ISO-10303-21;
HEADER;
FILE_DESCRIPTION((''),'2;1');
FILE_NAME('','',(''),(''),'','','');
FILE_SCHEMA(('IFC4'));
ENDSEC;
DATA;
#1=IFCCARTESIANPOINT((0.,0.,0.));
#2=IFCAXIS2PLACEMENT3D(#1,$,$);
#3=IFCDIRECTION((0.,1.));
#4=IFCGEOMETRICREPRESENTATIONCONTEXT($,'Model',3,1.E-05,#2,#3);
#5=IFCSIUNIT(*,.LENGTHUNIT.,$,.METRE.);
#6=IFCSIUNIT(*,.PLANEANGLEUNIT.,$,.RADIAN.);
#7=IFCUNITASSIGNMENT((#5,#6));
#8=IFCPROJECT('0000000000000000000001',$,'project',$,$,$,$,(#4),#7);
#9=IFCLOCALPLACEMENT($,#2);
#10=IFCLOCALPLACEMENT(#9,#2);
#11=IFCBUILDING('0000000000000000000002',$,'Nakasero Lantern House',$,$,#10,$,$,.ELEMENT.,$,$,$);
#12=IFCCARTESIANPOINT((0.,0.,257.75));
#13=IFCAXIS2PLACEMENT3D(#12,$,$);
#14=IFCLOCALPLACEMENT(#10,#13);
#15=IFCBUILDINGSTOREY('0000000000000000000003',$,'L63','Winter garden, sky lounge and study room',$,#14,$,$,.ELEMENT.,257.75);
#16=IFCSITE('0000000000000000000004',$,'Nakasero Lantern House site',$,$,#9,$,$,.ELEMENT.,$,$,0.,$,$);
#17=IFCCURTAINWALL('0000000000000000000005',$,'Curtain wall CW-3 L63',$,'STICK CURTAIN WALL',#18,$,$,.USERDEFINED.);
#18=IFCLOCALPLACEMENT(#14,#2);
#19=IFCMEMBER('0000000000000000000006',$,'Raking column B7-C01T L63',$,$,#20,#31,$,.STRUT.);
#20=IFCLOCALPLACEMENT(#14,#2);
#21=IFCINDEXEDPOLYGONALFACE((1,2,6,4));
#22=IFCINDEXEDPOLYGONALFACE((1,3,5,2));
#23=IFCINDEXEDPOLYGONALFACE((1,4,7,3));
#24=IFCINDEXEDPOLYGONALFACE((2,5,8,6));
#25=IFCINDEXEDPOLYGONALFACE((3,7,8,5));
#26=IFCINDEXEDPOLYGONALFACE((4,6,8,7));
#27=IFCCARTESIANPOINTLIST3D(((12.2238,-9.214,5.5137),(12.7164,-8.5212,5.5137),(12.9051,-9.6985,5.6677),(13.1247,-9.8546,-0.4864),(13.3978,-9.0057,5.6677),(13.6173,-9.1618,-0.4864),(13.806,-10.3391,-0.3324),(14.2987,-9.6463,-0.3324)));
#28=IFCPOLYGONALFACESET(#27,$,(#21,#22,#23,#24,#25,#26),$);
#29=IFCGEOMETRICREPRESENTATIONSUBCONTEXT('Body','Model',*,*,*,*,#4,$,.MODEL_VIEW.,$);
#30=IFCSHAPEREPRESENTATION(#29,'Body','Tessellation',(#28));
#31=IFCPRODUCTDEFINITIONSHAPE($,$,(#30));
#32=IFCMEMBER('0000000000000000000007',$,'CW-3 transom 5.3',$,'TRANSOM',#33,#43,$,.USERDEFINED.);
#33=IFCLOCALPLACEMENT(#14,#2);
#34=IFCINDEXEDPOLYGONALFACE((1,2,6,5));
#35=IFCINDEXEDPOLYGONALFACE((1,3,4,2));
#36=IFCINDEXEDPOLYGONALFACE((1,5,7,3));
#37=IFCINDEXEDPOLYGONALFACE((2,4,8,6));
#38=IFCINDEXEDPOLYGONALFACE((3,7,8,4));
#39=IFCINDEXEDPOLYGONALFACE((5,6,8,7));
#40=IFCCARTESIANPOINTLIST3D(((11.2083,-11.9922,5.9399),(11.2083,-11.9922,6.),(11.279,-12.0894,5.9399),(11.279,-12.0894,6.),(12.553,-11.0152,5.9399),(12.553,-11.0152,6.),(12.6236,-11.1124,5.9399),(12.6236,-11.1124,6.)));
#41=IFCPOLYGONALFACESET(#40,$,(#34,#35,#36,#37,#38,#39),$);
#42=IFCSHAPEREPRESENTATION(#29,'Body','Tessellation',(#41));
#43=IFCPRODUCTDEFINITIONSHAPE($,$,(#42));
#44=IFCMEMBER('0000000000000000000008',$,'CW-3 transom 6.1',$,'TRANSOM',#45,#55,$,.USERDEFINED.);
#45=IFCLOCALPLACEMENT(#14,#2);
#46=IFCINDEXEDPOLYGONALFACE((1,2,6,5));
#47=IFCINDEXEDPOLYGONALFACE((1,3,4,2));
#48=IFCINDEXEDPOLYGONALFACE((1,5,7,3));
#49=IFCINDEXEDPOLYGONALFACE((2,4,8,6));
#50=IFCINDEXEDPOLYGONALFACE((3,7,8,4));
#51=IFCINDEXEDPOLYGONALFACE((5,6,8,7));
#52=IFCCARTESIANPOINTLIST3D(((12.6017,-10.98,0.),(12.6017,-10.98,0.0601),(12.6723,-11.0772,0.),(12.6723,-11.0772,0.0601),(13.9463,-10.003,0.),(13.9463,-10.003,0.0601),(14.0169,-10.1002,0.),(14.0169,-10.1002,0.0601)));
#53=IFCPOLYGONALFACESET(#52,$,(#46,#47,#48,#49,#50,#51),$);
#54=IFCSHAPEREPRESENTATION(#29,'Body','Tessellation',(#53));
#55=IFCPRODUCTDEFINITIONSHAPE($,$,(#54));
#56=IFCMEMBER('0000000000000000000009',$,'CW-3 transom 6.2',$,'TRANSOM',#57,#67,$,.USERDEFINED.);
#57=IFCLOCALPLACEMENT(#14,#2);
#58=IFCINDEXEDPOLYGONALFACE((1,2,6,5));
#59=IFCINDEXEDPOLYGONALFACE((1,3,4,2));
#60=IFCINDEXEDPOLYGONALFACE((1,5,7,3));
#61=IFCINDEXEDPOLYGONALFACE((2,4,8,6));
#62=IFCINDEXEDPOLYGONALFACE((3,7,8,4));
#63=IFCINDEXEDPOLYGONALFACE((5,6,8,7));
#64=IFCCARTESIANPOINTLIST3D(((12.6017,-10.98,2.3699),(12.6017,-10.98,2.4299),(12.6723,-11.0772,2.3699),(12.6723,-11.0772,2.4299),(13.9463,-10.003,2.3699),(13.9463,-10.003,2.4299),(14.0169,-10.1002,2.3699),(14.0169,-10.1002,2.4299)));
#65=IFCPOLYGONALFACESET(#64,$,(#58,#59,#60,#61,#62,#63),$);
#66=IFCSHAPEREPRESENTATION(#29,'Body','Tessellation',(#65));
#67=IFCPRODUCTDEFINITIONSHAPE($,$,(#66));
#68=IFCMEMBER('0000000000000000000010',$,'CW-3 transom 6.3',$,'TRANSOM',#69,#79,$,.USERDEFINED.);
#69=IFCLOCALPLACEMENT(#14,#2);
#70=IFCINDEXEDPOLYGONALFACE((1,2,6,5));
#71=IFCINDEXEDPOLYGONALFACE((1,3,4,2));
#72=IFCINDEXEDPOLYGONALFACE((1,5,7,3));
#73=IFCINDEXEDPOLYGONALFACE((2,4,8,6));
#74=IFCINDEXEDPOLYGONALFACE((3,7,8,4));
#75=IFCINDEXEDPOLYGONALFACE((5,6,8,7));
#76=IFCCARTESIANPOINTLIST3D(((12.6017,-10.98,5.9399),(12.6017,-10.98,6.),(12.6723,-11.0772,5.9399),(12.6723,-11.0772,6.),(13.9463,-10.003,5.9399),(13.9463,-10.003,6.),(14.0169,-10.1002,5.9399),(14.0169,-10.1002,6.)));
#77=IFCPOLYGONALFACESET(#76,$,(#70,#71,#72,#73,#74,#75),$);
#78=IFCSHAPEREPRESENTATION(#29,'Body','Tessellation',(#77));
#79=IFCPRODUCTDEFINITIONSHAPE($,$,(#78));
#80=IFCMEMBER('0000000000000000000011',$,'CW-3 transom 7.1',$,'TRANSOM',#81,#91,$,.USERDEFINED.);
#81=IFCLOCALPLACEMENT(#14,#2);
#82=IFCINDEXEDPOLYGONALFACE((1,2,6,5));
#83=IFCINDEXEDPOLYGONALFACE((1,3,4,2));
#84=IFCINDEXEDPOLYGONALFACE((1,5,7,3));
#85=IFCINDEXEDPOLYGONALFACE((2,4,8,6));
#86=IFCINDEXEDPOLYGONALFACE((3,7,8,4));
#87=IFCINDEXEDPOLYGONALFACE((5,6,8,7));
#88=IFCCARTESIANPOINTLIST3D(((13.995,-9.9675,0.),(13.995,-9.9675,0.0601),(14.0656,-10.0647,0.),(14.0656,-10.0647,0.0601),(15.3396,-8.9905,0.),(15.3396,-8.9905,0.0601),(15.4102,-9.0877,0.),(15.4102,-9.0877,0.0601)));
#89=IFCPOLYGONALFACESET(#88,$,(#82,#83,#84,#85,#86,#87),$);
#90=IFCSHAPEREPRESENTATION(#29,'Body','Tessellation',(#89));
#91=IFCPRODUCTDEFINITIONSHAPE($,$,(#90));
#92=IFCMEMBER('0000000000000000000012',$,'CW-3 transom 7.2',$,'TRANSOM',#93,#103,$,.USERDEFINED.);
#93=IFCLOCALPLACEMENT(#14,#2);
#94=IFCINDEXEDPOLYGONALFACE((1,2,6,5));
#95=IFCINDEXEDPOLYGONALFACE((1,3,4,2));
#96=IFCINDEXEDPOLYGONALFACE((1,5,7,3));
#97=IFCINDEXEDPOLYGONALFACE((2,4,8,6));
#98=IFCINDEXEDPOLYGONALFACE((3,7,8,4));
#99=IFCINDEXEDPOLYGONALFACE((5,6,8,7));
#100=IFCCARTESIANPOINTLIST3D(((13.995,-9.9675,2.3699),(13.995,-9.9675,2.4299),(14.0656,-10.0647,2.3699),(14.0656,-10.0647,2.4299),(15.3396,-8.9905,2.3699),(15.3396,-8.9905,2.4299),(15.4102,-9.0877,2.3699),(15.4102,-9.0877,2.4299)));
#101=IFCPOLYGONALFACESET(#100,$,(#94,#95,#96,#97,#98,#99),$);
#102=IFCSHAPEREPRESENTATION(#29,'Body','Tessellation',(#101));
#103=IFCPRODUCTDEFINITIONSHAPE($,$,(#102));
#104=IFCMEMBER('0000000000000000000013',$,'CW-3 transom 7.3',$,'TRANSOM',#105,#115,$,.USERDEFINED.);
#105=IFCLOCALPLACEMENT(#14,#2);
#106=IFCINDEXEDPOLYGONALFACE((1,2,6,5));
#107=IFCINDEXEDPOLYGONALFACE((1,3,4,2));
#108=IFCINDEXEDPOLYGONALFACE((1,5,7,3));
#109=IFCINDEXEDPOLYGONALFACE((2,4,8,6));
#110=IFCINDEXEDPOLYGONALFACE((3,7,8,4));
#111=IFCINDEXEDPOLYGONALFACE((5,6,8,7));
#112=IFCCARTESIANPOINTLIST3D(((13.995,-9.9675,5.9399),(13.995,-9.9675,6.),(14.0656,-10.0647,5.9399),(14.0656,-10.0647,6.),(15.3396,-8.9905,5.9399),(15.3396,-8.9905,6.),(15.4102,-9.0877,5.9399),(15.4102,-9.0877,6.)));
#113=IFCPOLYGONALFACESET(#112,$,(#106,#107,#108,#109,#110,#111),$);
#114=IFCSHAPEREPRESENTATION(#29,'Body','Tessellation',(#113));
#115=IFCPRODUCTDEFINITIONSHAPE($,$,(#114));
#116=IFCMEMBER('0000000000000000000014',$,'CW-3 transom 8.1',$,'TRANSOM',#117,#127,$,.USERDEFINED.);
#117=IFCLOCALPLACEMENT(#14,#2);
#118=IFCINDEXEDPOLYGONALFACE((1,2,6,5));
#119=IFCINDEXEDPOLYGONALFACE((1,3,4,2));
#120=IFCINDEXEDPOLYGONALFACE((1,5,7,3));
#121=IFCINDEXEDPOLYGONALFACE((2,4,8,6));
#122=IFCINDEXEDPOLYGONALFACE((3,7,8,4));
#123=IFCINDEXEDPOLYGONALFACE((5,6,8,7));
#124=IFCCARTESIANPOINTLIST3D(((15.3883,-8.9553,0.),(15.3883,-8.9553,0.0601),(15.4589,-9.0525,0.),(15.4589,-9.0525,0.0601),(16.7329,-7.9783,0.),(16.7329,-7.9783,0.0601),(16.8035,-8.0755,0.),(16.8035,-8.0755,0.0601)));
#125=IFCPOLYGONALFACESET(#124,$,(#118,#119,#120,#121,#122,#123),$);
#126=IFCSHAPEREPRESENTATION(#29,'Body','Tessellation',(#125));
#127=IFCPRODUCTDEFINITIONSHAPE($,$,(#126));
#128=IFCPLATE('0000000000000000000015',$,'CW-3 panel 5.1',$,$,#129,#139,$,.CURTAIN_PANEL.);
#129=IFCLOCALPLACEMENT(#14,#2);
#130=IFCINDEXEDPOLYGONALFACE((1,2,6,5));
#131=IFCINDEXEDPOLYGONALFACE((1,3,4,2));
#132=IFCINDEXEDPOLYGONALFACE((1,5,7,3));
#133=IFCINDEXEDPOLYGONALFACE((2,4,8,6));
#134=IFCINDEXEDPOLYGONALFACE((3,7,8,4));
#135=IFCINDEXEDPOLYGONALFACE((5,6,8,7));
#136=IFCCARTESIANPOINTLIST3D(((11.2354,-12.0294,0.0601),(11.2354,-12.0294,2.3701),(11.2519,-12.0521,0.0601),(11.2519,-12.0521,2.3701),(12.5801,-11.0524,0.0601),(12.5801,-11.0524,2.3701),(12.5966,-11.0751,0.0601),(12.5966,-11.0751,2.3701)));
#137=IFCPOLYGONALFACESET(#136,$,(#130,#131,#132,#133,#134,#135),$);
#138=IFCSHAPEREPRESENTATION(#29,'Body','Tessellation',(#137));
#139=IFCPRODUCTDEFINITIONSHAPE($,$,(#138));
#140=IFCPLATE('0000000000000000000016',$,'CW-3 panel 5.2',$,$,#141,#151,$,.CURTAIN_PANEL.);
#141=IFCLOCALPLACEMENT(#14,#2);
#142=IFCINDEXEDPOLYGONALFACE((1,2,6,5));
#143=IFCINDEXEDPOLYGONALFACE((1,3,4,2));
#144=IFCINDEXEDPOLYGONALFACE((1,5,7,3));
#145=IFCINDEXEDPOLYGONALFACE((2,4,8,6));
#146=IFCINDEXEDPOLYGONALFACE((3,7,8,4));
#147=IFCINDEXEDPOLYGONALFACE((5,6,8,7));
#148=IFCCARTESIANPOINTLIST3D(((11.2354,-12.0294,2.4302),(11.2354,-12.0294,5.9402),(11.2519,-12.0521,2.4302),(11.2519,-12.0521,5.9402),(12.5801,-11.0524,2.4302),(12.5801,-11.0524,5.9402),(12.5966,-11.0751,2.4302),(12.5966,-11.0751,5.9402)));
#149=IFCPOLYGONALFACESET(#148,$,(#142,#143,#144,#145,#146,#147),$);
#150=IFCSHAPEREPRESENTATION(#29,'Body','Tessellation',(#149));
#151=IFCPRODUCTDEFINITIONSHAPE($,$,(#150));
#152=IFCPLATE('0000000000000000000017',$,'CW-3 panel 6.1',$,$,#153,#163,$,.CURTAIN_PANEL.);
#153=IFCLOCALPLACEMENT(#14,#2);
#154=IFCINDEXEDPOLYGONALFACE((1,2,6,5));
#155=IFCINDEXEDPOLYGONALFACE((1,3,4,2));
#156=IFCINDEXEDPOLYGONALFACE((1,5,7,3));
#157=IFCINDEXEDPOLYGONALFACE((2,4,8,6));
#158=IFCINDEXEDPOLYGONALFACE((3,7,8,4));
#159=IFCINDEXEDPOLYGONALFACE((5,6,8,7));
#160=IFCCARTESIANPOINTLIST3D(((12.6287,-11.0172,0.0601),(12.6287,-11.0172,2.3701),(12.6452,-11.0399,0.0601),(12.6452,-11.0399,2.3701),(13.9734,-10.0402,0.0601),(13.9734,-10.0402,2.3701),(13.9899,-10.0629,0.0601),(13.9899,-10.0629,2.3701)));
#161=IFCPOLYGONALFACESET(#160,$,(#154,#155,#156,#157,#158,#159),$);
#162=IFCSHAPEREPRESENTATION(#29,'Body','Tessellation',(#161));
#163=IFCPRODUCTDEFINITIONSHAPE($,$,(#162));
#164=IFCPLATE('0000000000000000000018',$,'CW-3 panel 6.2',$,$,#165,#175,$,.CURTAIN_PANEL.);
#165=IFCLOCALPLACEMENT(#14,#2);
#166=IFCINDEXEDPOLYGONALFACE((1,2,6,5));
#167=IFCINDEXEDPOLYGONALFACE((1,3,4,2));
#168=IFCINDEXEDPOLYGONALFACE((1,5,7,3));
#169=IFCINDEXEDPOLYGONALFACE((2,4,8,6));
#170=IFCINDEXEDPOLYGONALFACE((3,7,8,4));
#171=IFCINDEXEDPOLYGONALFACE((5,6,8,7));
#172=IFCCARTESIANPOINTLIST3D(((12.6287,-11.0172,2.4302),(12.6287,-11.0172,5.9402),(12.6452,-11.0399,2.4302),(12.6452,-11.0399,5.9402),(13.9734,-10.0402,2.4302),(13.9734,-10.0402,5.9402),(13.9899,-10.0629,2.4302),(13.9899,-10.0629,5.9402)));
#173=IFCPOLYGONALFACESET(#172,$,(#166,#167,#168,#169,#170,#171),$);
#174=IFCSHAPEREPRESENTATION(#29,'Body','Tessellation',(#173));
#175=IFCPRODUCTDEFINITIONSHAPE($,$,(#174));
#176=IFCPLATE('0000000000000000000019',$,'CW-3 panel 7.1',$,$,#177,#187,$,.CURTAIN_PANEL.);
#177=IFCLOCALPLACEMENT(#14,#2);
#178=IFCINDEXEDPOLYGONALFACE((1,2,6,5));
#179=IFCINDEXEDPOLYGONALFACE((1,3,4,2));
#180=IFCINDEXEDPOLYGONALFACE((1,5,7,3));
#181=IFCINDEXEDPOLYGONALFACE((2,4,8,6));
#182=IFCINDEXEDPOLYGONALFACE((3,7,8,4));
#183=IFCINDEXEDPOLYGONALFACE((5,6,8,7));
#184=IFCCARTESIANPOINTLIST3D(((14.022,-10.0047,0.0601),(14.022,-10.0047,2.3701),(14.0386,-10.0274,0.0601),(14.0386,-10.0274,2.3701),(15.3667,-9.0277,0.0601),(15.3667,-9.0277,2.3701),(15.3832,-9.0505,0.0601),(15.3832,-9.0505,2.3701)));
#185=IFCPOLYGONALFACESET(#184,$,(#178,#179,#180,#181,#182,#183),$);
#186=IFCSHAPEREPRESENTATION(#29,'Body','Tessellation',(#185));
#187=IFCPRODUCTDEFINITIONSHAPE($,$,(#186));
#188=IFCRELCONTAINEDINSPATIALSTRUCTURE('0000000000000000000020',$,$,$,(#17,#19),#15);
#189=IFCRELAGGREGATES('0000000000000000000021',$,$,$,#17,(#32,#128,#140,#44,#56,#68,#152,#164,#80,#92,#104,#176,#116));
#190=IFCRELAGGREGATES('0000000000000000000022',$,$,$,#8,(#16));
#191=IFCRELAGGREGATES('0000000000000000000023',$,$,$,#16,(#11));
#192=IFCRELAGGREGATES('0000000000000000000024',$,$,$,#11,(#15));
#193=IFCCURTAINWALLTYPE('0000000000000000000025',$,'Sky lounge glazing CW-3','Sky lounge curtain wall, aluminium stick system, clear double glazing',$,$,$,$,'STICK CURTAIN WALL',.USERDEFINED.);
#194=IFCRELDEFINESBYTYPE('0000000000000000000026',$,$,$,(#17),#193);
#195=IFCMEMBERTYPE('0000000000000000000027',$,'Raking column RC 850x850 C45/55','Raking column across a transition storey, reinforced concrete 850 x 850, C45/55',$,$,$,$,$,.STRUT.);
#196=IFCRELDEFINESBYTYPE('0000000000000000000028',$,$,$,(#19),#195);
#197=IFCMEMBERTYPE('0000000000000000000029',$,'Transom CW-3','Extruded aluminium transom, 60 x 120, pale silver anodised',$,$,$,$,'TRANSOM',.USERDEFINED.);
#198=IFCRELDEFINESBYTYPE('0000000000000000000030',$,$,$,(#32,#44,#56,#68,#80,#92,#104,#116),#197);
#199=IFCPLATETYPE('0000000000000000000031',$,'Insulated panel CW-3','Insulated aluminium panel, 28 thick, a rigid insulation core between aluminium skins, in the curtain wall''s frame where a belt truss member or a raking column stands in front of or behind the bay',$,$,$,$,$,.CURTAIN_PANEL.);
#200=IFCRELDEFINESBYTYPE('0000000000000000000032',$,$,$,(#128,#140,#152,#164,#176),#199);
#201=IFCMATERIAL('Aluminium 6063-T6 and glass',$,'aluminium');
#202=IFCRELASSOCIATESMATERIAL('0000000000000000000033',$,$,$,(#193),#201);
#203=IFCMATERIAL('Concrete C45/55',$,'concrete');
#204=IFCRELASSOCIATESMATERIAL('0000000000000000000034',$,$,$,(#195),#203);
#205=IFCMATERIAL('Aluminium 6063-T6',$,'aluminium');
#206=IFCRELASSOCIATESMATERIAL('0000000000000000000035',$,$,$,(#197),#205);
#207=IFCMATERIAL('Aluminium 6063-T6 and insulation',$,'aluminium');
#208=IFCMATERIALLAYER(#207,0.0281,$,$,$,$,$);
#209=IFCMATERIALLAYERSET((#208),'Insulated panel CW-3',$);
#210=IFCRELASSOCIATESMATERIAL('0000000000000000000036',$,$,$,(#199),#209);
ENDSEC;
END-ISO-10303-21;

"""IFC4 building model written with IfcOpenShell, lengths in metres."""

from ifc_helpers import new_model, si_unit, direction, frame, origin, origin_2d, place, context, subcontext, project, spatial, rectangle, extrude, material, layer, layer_set, material_profile, profile_set, type_object, element, aggregate, save


model = new_model("IFC4")

# Units and contexts
model_context = context("Model", 3, precision=1e-05, world=origin(), true_north=direction((0.0, 1.0)))
body_context = subcontext(model_context, "Body", "Model", "MODEL_VIEW")
ifc_project = project(units=[si_unit("LENGTHUNIT", "METRE"), si_unit("PLANEANGLEUNIT", "RADIAN")], contexts=[model_context])

# Site, building, storey
site_placement = place(None, origin())
site = spatial("IfcSite", under=ifc_project, at=site_placement, Name="Nakasero Lantern House site", CompositionType="ELEMENT", RefElevation=0.0)
building_placement = place(site_placement, origin())
building = spatial("IfcBuilding", under=site, at=building_placement, Name="Nakasero Lantern House", CompositionType="ELEMENT")
storey_placement = place(building_placement, frame((0.0, 0.0, 257.75)))
storey = spatial("IfcBuildingStorey", under=building, at=storey_placement, Name="L63", Description="Winter garden, sky lounge and study room", CompositionType="ELEMENT", Elevation=257.75)

# Curtain wall
ifc_material_1 = material(Name="Aluminium 6063-T6 and glass", Category="aluminium")
curtain_wall_type = type_object("IfcCurtainWallType", Name="Sky lounge glazing CW-3", Description="Sky lounge curtain wall, aluminium stick system, clear double glazing", ElementType="STICK CURTAIN WALL", PredefinedType="USERDEFINED", material=ifc_material_1)
curtain_wall_placement = place(storey_placement, origin())
curtain_wall = element("IfcCurtainWall", 1, at=curtain_wall_placement, inside=storey, type_object=curtain_wall_type, Name="Curtain wall CW-3 L63", ObjectType="STICK CURTAIN WALL", PredefinedType="USERDEFINED")

# Members
ifc_material_2 = material(Name="Concrete C45/55", Category="concrete")
ifc_material_profile_1 = material_profile(ifc_material_2, rectangle(XDim=0.8501, YDim=0.8501, at=origin_2d()), Name="RC 850x850")
ifc_profile_set_1 = profile_set([ifc_material_profile_1], Name="Concrete C45/55")
member_type_1 = type_object("IfcMemberType", Name="Raking column RC 850x850 C45/55", Description="Raking column across a transition storey, reinforced concrete 850 x 850, C45/55", PredefinedType="STRUT", material=ifc_profile_set_1)
member_1_placement = place(storey_placement, frame((13.7117, -9.7505, -0.4094), z_axis=(-0.147661, 0.105004, 0.983448), x_axis=(-0.579524, -0.814955, 0.0)))
element("IfcMember", 2, at=member_1_placement, inside=storey, type_object=member_type_1, Name="Raking column B7-C01T L63", PredefinedType="STRUT", context=body_context, shape_type="SweptSolid", body=[
    extrude(rectangle(XDim=0.8501, YDim=0.8501, at=origin_2d()), origin(), (0.0, 0.0, 1.0), 6.1011),
])
ifc_material_3 = material(Name="Aluminium 6063-T6", Category="aluminium")
ifc_material_profile_2 = material_profile(ifc_material_3, rectangle(XDim=0.0601, YDim=0.1201, at=origin_2d()), Name="CW-3 transom 60x120")
ifc_profile_set_2 = profile_set([ifc_material_profile_2], Name="Aluminium 6063-T6")
member_type_2 = type_object("IfcMemberType", Name="Transom CW-3", Description="Extruded aluminium transom, 60 x 120, pale silver anodised", ElementType="TRANSOM", PredefinedType="USERDEFINED", material=ifc_profile_set_2)
member_2_placement = place(storey_placement, frame((11.2437, -12.0408, 5.97), z_axis=(0.809003, 0.587805, 0.0), x_axis=(0.0, 0.0, 1.0)))
member_2 = element("IfcMember", 3, at=member_2_placement, type_object=member_type_2, Name="CW-3 transom 5.3", ObjectType="TRANSOM", PredefinedType="USERDEFINED", context=body_context, shape_type="SweptSolid", body=[
    extrude(rectangle(XDim=0.0601, YDim=0.1201, at=origin_2d()), origin(), (0.0, 0.0, 1.0), 1.6621),
])
member_3_placement = place(storey_placement, frame((12.637, -11.0286, 0.03), z_axis=(0.809003, 0.587805, 0.0), x_axis=(0.0, 0.0, 1.0)))
member_3 = element("IfcMember", 4, at=member_3_placement, type_object=member_type_2, Name="CW-3 transom 6.1", ObjectType="TRANSOM", PredefinedType="USERDEFINED", context=body_context, shape_type="SweptSolid", body=[
    extrude(rectangle(XDim=0.0601, YDim=0.1201, at=origin_2d()), origin(), (0.0, 0.0, 1.0), 1.6621),
])
member_4_placement = place(storey_placement, frame((12.637, -11.0286, 2.3999), z_axis=(0.809003, 0.587805, 0.0), x_axis=(0.0, 0.0, 1.0)))
member_4 = element("IfcMember", 5, at=member_4_placement, type_object=member_type_2, Name="CW-3 transom 6.2", ObjectType="TRANSOM", PredefinedType="USERDEFINED", context=body_context, shape_type="SweptSolid", body=[
    extrude(rectangle(XDim=0.0601, YDim=0.1201, at=origin_2d()), origin(), (0.0, 0.0, 1.0), 1.6621),
])
member_5_placement = place(storey_placement, frame((12.637, -11.0286, 5.97), z_axis=(0.809003, 0.587805, 0.0), x_axis=(0.0, 0.0, 1.0)))
member_5 = element("IfcMember", 6, at=member_5_placement, type_object=member_type_2, Name="CW-3 transom 6.3", ObjectType="TRANSOM", PredefinedType="USERDEFINED", context=body_context, shape_type="SweptSolid", body=[
    extrude(rectangle(XDim=0.0601, YDim=0.1201, at=origin_2d()), origin(), (0.0, 0.0, 1.0), 1.6621),
])
member_6_placement = place(storey_placement, frame((14.0303, -10.0161, 0.03), z_axis=(0.809003, 0.587805, 0.0), x_axis=(0.0, 0.0, 1.0)))
member_6 = element("IfcMember", 7, at=member_6_placement, type_object=member_type_2, Name="CW-3 transom 7.1", ObjectType="TRANSOM", PredefinedType="USERDEFINED", context=body_context, shape_type="SweptSolid", body=[
    extrude(rectangle(XDim=0.0601, YDim=0.1201, at=origin_2d()), origin(), (0.0, 0.0, 1.0), 1.6621),
])
member_7_placement = place(storey_placement, frame((14.0303, -10.0161, 2.3999), z_axis=(0.809003, 0.587805, 0.0), x_axis=(0.0, 0.0, 1.0)))
member_7 = element("IfcMember", 8, at=member_7_placement, type_object=member_type_2, Name="CW-3 transom 7.2", ObjectType="TRANSOM", PredefinedType="USERDEFINED", context=body_context, shape_type="SweptSolid", body=[
    extrude(rectangle(XDim=0.0601, YDim=0.1201, at=origin_2d()), origin(), (0.0, 0.0, 1.0), 1.6621),
])
member_8_placement = place(storey_placement, frame((14.0303, -10.0161, 5.97), z_axis=(0.809003, 0.587805, 0.0), x_axis=(0.0, 0.0, 1.0)))
member_8 = element("IfcMember", 9, at=member_8_placement, type_object=member_type_2, Name="CW-3 transom 7.3", ObjectType="TRANSOM", PredefinedType="USERDEFINED", context=body_context, shape_type="SweptSolid", body=[
    extrude(rectangle(XDim=0.0601, YDim=0.1201, at=origin_2d()), origin(), (0.0, 0.0, 1.0), 1.6621),
])
member_9_placement = place(storey_placement, frame((15.4236, -9.0039, 0.03), z_axis=(0.809003, 0.587805, 0.0), x_axis=(0.0, 0.0, 1.0)))
member_9 = element("IfcMember", 10, at=member_9_placement, type_object=member_type_2, Name="CW-3 transom 8.1", ObjectType="TRANSOM", PredefinedType="USERDEFINED", context=body_context, shape_type="SweptSolid", body=[
    extrude(rectangle(XDim=0.0601, YDim=0.1201, at=origin_2d()), origin(), (0.0, 0.0, 1.0), 1.6621),
])

# Plates
ifc_material_4 = material(Name="Aluminium 6063-T6 and insulation", Category="aluminium")
ifc_layer = layer(ifc_material_4, 0.0281)
ifc_layer_set = layer_set([ifc_layer], Name="Insulated panel CW-3")
plate_type = type_object("IfcPlateType", Name="Insulated panel CW-3", Description="Insulated aluminium panel, 28 thick, a rigid insulation core between aluminium skins, in the curtain wall's frame where a belt truss member or a raking column stands in front of or behind the bay", PredefinedType="CURTAIN_PANEL", material=ifc_layer_set)
plate_1_placement = place(storey_placement, frame((11.916, -11.5522, 0.0601), z_axis=(0.0, 0.0, 1.0), x_axis=(0.809017, 0.587785, 0.0)))
plate_1 = element("IfcPlate", 11, at=plate_1_placement, type_object=plate_type, Name="CW-3 panel 5.1", PredefinedType="CURTAIN_PANEL", context=body_context, shape_type="SweptSolid", body=[
    extrude(rectangle(XDim=1.6621, YDim=0.0281, at=origin_2d()), origin(), (0.0, 0.0, 1.0), 2.3101),
])
plate_2_placement = place(storey_placement, frame((11.916, -11.5522, 2.4302), z_axis=(0.0, 0.0, 1.0), x_axis=(0.809017, 0.587785, 0.0)))
plate_2 = element("IfcPlate", 12, at=plate_2_placement, type_object=plate_type, Name="CW-3 panel 5.2", PredefinedType="CURTAIN_PANEL", context=body_context, shape_type="SweptSolid", body=[
    extrude(rectangle(XDim=1.6621, YDim=0.0281, at=origin_2d()), origin(), (0.0, 0.0, 1.0), 3.51),
])
plate_3_placement = place(storey_placement, frame((13.3093, -10.54, 0.0601), z_axis=(0.0, 0.0, 1.0), x_axis=(0.809017, 0.587785, 0.0)))
plate_3 = element("IfcPlate", 13, at=plate_3_placement, type_object=plate_type, Name="CW-3 panel 6.1", PredefinedType="CURTAIN_PANEL", context=body_context, shape_type="SweptSolid", body=[
    extrude(rectangle(XDim=1.6621, YDim=0.0281, at=origin_2d()), origin(), (0.0, 0.0, 1.0), 2.3101),
])
plate_4_placement = place(storey_placement, frame((13.3093, -10.54, 2.4302), z_axis=(0.0, 0.0, 1.0), x_axis=(0.809017, 0.587785, 0.0)))
plate_4 = element("IfcPlate", 14, at=plate_4_placement, type_object=plate_type, Name="CW-3 panel 6.2", PredefinedType="CURTAIN_PANEL", context=body_context, shape_type="SweptSolid", body=[
    extrude(rectangle(XDim=1.6621, YDim=0.0281, at=origin_2d()), origin(), (0.0, 0.0, 1.0), 3.51),
])
plate_5_placement = place(storey_placement, frame((14.7026, -9.5276, 0.0601), z_axis=(0.0, 0.0, 1.0), x_axis=(0.809017, 0.587785, 0.0)))
plate_5 = element("IfcPlate", 15, at=plate_5_placement, type_object=plate_type, Name="CW-3 panel 7.1", PredefinedType="CURTAIN_PANEL", context=body_context, shape_type="SweptSolid", body=[
    extrude(rectangle(XDim=1.6621, YDim=0.0281, at=origin_2d()), origin(), (0.0, 0.0, 1.0), 2.3101),
])
aggregate(curtain_wall, [member_2, plate_1, plate_2, member_3, member_4, member_5, plate_3, plate_4, member_6, member_7, member_8, plate_5, member_9])

save(model, "model.ifc")
